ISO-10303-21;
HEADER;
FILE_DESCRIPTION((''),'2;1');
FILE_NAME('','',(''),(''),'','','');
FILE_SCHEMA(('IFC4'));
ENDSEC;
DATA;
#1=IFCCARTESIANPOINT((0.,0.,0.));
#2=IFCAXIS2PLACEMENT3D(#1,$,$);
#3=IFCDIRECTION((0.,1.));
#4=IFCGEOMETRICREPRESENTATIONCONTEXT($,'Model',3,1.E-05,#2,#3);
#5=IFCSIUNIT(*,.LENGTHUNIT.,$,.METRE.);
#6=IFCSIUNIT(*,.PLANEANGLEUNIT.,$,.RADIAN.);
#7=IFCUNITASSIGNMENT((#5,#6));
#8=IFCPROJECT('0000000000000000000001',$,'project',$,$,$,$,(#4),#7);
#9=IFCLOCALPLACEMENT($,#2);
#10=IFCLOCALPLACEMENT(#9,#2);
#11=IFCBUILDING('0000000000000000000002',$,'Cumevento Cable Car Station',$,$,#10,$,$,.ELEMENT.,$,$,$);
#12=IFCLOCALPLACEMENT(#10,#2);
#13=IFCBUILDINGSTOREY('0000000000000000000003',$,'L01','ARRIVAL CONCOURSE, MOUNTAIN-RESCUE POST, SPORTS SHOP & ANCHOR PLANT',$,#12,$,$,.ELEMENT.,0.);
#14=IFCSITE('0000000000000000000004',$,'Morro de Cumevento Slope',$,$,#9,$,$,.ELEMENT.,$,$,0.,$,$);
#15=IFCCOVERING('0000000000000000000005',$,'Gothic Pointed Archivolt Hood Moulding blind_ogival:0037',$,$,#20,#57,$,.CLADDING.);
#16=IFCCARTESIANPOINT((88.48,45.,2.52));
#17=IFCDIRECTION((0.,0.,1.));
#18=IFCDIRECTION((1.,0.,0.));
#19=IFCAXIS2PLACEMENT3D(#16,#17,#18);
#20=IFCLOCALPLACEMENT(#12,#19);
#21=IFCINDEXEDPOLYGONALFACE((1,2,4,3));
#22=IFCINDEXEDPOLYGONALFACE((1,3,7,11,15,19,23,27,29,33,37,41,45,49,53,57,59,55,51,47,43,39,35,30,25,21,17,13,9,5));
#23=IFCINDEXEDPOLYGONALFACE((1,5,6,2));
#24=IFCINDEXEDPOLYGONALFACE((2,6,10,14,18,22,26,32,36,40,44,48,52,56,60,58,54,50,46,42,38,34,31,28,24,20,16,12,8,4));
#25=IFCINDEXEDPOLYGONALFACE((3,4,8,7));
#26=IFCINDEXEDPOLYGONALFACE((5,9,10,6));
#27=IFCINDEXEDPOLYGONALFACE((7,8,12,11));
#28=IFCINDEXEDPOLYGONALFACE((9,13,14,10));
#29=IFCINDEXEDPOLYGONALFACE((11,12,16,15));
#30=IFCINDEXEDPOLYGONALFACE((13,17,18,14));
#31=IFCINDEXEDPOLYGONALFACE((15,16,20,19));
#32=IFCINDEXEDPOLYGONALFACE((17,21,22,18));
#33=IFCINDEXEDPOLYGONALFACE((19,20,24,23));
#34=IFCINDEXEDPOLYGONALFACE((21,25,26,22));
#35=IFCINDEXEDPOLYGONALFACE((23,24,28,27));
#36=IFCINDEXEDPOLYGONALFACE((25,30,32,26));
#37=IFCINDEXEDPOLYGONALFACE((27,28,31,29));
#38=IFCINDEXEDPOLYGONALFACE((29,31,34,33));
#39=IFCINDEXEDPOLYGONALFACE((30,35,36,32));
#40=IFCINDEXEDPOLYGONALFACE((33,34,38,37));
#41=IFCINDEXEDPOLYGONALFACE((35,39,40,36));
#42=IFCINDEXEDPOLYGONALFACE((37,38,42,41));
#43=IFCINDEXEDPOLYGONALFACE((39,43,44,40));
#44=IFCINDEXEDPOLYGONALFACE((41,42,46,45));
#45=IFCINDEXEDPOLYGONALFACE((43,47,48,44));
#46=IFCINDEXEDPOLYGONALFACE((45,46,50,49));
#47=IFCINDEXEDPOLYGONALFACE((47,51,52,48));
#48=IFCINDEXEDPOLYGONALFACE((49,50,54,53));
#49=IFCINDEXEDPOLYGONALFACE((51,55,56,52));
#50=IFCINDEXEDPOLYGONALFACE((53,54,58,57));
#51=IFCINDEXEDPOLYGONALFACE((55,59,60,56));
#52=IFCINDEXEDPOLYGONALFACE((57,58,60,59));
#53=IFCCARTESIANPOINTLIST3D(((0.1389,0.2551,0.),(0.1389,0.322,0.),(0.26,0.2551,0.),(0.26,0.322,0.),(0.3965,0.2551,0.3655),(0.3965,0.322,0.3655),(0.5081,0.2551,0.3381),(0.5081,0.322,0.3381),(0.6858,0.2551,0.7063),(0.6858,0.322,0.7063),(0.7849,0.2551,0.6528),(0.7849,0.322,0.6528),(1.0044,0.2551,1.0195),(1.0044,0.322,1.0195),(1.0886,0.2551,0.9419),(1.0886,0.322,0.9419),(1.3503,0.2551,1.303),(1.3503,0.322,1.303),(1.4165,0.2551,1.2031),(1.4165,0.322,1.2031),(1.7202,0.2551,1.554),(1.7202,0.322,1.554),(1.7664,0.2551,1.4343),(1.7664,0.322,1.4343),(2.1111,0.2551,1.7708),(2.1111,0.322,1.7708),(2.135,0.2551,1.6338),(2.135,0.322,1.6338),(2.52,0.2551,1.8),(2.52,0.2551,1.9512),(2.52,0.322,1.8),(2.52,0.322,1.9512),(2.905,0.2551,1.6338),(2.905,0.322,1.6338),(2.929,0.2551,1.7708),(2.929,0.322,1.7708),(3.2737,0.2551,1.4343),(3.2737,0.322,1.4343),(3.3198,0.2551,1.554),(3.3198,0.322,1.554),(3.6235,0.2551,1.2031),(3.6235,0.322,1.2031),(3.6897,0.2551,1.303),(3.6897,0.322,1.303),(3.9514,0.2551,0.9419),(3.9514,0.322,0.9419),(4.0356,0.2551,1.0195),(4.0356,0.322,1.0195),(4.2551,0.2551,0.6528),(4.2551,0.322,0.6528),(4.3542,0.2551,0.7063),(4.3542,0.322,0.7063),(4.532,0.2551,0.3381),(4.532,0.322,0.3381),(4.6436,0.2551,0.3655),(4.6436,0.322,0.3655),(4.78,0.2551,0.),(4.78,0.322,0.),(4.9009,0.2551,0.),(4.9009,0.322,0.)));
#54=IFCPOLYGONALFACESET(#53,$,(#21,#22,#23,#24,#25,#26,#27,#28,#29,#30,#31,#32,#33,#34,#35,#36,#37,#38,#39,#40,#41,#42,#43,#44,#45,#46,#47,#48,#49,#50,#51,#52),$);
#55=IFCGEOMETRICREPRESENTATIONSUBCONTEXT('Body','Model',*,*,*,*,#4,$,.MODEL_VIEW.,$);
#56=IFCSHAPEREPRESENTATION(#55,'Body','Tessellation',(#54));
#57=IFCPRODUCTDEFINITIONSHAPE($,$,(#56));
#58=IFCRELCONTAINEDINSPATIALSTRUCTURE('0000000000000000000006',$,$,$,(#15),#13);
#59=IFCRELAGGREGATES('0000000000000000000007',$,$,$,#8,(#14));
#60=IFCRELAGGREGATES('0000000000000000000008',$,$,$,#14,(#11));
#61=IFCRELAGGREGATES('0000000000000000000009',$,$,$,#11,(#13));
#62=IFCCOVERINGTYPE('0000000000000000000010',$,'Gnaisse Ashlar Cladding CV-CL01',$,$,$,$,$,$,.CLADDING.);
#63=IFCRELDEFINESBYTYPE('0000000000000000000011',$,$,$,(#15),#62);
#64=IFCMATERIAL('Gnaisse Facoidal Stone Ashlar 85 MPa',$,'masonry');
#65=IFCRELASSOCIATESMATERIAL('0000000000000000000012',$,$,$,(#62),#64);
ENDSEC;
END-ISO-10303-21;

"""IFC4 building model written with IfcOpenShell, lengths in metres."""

from ifc_helpers import new_model, si_unit, direction, frame, origin, place, context, subcontext, project, spatial, polyline, outline, extrude, material, type_object, element, save


model = new_model("IFC4")

# Units and contexts
model_context = context("Model", 3, precision=1e-05, world=origin(), true_north=direction((0.0, 1.0)))
body_context = subcontext(model_context, "Body", "Model", "MODEL_VIEW")
ifc_project = project(units=[si_unit("LENGTHUNIT", "METRE"), si_unit("PLANEANGLEUNIT", "RADIAN")], contexts=[model_context])

# Site, building, storey
site_placement = place(None, origin())
site = spatial("IfcSite", under=ifc_project, at=site_placement, Name="Morro de Cumevento Slope", CompositionType="ELEMENT", RefElevation=0.0)
building_placement = place(site_placement, origin())
building = spatial("IfcBuilding", under=site, at=building_placement, Name="Cumevento Cable Car Station", CompositionType="ELEMENT")
storey_placement = place(building_placement, origin())
storey = spatial("IfcBuildingStorey", under=building, at=storey_placement, Name="L01", Description="ARRIVAL CONCOURSE, MOUNTAIN-RESCUE POST, SPORTS SHOP & ANCHOR PLANT", CompositionType="ELEMENT", Elevation=0.0)

# Covering
ifc_material_1 = material(Name="Gnaisse Facoidal Stone Ashlar 85 MPa", Category="masonry")
covering_type = type_object("IfcCoveringType", Name="Gnaisse Ashlar Cladding CV-CL01", PredefinedType="CLADDING", material=ifc_material_1)
covering_1_placement = place(storey_placement, frame((88.48, 45.0, 2.52), z_axis=(0.0, 0.0, 1.0), x_axis=(1.0, 0.0, 0.0)))
element("IfcCovering", 1, at=covering_1_placement, inside=storey, type_object=covering_type, Name="Gothic Pointed Archivolt Hood Moulding blind_ogival:0037", PredefinedType="CLADDING", context=body_context, shape_type="SweptSolid", body=[
    extrude(outline(polyline([(0.26, 0.0), (0.5081, 0.3381), (0.7849, 0.6528), (1.0886, 0.9419), (1.4165, 1.2031), (1.7664, 1.4343), (2.135, 1.6338), (2.52, 1.8), (2.905, 1.6338), (3.2737, 1.4343), (3.6235, 1.2031), (3.9514, 0.9419), (4.2551, 0.6528), (4.532, 0.3381), (4.78, 0.0), (4.9009, 0.0), (4.6436, 0.3655), (4.3542, 0.7063), (4.0356, 1.0195), (3.6897, 1.303), (3.3198, 1.554), (2.929, 1.7708), (2.52, 1.9512), (2.1111, 1.7708), (1.7202, 1.554), (1.3503, 1.303), (1.0044, 1.0195), (0.6858, 0.7063), (0.3965, 0.3655), (0.1389, 0.0), (0.26, 0.0)])), frame((0.0, 0.322, 0.0), z_axis=(0.0, -1.0, 0.0), x_axis=(1.0, 0.0, 0.0)), (0.0, 0.0, 1.0), 0.0669),
])

save(model, "model.ifc")
